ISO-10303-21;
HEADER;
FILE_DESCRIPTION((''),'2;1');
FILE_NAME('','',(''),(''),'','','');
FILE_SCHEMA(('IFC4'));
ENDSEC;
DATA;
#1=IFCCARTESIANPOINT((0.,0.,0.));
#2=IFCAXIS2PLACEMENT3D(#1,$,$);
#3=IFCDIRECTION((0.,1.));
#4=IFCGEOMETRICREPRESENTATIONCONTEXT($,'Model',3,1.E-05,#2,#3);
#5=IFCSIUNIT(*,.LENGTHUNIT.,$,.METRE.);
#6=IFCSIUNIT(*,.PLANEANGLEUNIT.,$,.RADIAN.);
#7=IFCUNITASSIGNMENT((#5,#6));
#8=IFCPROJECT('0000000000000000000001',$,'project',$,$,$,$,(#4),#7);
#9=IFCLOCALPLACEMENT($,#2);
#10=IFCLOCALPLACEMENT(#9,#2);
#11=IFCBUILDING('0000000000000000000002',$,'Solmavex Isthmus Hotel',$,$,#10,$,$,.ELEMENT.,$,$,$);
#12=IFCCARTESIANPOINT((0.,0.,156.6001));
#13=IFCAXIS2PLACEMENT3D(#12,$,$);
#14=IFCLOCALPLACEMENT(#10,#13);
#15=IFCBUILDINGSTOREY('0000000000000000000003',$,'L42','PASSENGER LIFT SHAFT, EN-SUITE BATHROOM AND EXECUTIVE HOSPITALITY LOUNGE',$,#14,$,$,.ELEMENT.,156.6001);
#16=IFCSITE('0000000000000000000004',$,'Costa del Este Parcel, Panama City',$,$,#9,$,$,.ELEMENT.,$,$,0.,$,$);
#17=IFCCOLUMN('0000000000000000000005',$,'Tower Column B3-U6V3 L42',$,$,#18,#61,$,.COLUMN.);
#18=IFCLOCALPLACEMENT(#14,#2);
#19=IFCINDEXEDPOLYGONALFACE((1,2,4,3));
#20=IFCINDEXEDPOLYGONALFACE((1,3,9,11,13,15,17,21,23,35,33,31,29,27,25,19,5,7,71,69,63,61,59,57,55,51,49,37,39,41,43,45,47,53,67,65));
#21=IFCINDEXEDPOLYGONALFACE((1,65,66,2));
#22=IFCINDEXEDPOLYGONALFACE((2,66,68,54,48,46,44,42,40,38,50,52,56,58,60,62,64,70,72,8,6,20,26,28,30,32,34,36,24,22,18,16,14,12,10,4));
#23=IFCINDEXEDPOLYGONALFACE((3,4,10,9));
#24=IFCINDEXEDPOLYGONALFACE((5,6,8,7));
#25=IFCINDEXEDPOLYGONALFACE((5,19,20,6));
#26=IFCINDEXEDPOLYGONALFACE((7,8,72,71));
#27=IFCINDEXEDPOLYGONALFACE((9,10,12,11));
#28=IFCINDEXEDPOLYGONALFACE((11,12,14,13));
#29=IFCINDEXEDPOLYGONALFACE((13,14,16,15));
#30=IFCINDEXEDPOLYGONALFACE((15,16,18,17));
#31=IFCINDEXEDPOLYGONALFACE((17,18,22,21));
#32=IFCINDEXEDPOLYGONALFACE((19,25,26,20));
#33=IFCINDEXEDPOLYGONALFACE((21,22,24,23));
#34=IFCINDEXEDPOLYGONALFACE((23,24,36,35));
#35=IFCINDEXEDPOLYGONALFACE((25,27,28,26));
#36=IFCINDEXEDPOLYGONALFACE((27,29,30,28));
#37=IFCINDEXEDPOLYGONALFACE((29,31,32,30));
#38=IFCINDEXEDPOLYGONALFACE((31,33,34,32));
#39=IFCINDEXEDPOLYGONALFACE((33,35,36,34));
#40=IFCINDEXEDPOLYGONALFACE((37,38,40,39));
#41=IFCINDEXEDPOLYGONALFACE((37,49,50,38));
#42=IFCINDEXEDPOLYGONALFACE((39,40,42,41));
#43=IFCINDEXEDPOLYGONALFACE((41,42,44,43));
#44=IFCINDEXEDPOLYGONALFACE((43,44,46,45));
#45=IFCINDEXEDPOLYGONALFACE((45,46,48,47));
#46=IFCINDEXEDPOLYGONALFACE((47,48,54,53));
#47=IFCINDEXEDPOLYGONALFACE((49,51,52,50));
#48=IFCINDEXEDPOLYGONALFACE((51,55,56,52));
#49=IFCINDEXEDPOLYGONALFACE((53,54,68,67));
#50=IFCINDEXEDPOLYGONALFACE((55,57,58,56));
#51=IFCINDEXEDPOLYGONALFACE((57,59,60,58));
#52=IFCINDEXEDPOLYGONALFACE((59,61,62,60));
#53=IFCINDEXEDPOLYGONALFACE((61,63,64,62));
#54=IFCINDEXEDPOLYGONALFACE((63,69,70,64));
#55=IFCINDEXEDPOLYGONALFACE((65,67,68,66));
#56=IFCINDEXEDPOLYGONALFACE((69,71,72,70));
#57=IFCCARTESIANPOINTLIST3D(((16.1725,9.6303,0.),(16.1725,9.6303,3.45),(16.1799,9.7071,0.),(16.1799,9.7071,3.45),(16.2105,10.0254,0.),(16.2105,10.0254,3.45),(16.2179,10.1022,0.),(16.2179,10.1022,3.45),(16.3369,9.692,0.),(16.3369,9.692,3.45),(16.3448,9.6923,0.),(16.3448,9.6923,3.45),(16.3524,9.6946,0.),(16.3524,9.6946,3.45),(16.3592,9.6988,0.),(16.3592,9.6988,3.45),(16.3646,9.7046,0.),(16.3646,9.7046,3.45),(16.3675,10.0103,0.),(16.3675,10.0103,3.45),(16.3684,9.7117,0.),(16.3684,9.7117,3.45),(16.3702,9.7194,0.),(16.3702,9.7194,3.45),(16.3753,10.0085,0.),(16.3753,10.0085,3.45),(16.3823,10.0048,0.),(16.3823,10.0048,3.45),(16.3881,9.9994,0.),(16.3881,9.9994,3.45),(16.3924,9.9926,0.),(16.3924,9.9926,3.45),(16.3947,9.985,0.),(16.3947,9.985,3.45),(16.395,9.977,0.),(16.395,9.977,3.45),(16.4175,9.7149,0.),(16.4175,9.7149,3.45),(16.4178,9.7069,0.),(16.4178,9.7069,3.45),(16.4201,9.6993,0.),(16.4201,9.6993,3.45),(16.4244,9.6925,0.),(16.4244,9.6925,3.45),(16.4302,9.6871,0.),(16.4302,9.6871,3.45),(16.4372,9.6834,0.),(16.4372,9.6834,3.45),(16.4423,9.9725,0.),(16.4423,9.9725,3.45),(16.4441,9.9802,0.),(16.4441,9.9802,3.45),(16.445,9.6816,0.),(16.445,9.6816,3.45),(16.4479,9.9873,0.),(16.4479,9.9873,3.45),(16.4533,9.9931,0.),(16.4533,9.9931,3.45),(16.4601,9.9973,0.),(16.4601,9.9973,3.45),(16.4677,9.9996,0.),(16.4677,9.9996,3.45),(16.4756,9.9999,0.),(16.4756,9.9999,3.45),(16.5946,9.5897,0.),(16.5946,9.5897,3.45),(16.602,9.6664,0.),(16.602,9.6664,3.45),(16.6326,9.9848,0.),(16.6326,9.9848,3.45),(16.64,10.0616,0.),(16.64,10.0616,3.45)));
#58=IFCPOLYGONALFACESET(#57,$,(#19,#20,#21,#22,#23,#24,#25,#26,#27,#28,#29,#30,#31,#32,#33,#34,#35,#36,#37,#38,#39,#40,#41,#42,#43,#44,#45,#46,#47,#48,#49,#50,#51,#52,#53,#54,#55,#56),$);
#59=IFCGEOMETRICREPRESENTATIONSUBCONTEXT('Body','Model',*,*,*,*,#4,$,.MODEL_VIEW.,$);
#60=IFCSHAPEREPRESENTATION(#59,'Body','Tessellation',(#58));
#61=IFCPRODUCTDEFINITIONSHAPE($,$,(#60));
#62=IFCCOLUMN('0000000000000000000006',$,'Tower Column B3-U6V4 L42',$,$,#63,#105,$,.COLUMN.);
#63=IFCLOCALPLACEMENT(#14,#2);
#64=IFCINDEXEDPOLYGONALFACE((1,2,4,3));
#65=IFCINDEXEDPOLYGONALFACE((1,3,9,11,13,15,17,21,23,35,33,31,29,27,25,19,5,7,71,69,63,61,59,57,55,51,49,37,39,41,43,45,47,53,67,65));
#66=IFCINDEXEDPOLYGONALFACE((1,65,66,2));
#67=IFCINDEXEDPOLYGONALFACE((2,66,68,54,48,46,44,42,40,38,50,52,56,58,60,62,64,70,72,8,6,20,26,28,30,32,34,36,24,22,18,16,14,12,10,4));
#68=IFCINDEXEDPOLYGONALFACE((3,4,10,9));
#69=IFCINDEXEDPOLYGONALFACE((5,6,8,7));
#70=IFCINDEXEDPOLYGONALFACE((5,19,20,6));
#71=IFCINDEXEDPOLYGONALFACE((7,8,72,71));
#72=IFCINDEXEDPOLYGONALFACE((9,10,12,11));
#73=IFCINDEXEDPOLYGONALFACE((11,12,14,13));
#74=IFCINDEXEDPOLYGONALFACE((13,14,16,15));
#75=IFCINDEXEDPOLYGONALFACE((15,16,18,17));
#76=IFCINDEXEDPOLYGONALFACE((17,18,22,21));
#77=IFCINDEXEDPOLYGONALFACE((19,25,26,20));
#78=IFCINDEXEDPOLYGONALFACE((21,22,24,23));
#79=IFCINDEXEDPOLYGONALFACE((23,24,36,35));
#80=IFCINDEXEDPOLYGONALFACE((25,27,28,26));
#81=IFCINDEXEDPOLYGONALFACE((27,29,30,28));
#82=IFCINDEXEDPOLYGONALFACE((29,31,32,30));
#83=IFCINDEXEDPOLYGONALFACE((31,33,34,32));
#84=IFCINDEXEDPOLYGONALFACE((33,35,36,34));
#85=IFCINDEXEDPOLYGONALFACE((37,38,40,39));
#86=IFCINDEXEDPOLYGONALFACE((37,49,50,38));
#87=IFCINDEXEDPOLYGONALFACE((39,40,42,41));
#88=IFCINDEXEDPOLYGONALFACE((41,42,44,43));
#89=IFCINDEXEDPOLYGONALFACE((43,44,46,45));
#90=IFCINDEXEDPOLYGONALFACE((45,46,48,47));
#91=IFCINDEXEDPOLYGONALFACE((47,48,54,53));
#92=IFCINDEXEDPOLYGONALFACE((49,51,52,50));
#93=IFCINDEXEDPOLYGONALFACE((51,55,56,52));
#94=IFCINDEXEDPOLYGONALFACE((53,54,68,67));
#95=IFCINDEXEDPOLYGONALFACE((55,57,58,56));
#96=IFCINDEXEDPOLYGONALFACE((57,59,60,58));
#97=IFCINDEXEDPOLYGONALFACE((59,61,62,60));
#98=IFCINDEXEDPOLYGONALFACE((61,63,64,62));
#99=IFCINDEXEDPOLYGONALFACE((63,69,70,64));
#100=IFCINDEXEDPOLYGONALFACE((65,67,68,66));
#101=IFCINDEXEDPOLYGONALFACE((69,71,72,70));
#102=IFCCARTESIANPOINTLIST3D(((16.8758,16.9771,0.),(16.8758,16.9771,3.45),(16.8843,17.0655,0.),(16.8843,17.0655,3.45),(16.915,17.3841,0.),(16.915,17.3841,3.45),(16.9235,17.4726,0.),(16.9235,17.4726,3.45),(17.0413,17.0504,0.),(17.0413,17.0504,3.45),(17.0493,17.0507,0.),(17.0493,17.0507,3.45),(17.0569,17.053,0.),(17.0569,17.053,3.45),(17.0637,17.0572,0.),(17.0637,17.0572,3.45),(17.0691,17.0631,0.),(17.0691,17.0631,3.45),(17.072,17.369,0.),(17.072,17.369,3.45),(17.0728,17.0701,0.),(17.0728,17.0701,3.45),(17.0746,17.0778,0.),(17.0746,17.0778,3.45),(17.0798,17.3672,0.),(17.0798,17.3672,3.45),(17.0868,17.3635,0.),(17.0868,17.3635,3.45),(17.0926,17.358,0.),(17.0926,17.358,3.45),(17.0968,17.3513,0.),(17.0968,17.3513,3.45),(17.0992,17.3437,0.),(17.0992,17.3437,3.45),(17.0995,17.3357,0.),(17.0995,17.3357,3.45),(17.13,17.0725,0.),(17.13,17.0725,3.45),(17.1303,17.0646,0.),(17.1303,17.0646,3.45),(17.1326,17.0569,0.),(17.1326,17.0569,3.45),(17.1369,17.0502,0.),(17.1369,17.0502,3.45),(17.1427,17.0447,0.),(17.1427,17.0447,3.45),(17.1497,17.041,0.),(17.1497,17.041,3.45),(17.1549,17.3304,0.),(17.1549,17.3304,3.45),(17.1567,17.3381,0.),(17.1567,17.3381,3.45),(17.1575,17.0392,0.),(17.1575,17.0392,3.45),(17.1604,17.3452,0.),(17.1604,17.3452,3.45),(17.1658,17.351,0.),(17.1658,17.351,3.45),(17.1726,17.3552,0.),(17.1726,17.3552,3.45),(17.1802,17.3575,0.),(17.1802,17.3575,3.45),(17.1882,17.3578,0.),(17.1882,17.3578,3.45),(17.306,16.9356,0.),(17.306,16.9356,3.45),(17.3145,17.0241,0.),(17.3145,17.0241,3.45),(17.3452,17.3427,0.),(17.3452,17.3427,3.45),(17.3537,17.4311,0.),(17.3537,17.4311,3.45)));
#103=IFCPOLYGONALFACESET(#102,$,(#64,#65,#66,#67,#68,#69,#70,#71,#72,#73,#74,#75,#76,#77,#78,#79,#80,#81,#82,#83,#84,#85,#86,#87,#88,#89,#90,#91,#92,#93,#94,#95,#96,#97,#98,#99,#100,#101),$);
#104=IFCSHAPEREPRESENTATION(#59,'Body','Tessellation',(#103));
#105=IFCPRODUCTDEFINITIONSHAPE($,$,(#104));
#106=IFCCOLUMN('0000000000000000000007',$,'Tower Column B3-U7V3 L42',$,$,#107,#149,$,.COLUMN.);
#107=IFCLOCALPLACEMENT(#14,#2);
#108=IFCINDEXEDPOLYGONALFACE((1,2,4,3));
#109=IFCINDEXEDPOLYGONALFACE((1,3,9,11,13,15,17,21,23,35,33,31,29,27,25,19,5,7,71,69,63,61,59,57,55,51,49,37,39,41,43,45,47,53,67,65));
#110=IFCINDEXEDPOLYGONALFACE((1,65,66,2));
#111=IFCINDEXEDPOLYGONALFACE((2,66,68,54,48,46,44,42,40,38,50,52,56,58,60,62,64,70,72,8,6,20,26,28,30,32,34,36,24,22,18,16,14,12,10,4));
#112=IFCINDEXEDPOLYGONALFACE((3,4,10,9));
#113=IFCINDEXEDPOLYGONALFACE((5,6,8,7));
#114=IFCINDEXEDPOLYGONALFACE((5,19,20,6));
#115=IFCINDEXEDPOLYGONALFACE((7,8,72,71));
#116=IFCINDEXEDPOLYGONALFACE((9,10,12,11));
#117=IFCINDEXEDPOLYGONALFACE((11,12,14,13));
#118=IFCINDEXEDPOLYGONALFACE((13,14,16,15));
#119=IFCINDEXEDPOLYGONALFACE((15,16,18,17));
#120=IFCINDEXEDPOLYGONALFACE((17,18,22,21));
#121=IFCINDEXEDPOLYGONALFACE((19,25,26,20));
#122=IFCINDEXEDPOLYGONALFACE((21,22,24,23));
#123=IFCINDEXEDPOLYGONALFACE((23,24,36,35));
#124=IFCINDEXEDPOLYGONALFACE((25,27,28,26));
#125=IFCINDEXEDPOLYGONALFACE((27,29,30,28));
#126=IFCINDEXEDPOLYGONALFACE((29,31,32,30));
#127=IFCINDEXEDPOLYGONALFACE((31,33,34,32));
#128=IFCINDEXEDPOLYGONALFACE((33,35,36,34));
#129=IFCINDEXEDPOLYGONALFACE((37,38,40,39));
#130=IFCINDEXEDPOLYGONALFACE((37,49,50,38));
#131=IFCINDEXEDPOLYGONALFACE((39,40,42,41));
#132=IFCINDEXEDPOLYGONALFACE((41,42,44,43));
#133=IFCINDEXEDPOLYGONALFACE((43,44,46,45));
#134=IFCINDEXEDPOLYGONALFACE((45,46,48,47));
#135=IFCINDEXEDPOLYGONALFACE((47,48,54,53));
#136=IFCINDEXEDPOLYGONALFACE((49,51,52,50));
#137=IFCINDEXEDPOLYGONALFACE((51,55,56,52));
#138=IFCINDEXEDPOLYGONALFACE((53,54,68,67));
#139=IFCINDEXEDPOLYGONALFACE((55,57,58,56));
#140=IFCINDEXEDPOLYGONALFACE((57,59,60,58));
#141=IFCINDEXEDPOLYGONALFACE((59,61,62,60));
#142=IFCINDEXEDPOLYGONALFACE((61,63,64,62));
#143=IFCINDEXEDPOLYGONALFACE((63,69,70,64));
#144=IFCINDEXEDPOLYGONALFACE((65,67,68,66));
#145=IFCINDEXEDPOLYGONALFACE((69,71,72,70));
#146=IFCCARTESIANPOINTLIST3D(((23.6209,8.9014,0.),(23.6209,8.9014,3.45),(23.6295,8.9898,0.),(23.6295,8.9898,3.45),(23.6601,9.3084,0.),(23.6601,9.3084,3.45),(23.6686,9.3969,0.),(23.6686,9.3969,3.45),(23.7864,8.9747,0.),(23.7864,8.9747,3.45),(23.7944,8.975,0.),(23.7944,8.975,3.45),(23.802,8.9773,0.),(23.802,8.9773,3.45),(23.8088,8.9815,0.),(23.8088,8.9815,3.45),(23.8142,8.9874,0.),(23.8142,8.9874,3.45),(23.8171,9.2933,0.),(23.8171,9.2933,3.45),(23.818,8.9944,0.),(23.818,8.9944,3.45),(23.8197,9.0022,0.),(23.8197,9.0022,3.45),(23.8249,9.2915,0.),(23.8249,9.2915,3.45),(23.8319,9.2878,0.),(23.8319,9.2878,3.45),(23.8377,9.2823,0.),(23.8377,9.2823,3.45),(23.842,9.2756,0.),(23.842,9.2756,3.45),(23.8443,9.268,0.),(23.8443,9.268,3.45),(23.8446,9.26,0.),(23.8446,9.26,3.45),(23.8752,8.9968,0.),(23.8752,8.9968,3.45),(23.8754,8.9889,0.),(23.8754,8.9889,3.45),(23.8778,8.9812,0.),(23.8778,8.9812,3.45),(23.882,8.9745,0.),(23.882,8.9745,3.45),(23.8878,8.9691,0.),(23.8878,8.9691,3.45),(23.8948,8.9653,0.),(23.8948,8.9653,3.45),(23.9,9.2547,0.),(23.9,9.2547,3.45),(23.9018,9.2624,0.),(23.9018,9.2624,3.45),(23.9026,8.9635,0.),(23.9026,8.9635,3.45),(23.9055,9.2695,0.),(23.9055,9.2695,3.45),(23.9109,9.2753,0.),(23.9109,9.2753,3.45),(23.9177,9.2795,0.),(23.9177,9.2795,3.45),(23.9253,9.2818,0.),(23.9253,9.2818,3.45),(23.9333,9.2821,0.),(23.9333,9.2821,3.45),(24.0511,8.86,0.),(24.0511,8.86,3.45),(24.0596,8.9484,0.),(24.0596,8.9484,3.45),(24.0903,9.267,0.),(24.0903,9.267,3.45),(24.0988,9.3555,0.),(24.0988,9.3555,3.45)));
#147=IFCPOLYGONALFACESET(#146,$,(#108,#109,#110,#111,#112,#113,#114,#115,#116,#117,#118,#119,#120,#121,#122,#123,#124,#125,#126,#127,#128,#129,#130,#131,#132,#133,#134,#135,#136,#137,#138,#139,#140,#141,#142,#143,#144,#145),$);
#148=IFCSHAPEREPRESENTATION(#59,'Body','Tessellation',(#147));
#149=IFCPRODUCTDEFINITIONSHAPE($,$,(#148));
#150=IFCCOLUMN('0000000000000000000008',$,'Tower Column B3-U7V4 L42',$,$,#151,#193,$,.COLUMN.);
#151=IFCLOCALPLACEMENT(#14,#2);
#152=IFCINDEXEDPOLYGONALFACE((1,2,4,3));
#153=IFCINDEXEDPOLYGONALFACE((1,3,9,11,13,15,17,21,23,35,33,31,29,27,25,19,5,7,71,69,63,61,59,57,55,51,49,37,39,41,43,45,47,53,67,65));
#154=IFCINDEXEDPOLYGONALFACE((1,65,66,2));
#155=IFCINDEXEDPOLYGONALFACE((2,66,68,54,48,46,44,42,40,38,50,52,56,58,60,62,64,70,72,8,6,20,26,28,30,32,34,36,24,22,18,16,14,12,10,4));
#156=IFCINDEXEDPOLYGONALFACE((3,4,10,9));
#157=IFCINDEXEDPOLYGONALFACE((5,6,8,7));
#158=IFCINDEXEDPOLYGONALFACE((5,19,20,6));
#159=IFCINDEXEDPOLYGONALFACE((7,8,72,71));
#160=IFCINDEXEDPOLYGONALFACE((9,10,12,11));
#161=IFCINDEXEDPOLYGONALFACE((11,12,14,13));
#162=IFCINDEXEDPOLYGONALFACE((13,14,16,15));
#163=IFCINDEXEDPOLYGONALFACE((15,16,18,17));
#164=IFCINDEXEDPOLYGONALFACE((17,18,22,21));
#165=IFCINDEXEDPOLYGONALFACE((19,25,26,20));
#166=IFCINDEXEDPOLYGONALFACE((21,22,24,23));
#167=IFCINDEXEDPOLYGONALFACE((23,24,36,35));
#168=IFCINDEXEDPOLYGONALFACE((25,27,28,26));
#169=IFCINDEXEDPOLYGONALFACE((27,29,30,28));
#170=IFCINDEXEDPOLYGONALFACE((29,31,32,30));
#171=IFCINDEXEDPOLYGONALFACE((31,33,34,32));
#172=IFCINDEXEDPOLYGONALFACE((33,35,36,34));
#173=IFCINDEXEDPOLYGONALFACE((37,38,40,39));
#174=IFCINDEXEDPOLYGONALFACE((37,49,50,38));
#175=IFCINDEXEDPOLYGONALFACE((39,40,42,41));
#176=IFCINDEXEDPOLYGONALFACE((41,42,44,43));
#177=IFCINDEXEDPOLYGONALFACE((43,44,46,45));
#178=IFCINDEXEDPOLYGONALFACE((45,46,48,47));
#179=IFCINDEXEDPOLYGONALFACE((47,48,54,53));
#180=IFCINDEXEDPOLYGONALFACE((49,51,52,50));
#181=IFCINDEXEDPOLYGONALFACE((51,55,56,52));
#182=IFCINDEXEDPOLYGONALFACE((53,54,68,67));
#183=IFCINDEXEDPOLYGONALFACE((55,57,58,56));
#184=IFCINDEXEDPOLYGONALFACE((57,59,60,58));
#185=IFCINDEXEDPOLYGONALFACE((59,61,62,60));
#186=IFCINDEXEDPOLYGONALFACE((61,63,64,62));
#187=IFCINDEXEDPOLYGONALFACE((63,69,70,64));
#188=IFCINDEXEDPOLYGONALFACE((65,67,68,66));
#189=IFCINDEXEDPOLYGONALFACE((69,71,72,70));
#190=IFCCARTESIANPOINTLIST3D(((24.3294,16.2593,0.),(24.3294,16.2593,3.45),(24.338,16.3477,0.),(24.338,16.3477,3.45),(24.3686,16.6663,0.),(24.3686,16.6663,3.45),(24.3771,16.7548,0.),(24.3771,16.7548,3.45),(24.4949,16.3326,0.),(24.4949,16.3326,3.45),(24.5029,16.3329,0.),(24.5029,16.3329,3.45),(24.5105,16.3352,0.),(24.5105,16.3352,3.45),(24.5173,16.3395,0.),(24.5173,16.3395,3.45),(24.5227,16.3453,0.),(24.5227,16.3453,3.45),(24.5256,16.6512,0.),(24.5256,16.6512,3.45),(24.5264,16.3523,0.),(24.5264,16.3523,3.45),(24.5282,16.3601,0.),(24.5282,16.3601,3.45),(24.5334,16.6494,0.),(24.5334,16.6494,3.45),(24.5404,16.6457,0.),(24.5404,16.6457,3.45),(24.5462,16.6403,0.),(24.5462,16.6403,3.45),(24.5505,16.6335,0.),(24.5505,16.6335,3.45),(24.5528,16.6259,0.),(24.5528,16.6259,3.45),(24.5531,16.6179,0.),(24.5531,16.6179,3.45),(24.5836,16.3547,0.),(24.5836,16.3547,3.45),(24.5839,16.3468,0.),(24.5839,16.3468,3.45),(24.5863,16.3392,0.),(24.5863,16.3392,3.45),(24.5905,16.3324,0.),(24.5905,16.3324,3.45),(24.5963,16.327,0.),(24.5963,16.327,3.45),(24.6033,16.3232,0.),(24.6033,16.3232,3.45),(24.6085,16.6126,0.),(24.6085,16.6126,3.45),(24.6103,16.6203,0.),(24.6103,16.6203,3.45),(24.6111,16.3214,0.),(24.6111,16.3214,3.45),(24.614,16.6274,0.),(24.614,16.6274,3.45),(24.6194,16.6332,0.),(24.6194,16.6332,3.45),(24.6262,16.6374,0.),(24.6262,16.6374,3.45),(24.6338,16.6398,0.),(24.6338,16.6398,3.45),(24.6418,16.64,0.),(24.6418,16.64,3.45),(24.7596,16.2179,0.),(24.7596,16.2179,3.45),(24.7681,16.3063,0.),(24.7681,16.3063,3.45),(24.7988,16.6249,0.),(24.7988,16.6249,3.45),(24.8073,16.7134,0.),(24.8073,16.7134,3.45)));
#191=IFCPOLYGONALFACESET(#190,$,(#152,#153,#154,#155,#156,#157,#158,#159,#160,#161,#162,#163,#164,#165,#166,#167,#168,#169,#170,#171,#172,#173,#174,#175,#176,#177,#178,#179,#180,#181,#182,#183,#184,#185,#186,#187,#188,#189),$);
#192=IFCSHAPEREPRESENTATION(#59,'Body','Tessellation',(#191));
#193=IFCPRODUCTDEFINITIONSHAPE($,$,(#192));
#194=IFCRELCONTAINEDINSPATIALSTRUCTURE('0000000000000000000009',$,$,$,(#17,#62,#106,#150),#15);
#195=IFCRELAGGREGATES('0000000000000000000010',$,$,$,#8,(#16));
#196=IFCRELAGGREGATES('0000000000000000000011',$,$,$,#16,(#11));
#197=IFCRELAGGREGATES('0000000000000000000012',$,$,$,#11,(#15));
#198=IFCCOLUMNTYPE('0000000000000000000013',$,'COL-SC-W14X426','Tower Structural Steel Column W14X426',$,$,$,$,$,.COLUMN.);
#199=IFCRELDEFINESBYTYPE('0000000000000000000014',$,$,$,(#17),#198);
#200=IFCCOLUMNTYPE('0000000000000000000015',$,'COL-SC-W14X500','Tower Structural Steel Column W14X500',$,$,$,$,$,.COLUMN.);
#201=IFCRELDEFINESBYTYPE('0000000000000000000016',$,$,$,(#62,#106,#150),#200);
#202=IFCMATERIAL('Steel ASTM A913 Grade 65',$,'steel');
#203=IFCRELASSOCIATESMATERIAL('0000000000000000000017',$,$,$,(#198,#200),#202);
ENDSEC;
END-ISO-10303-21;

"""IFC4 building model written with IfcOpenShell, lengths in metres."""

from ifc_helpers import new_model, si_unit, direction, frame, origin, origin_2d, place, context, subcontext, project, spatial, i_section, extrude, material, material_profile, profile_set, type_object, element, save


model = new_model("IFC4")

# Units and contexts
model_context = context("Model", 3, precision=1e-05, world=origin(), true_north=direction((0.0, 1.0)))
body_context = subcontext(model_context, "Body", "Model", "MODEL_VIEW")
ifc_project = project(units=[si_unit("LENGTHUNIT", "METRE"), si_unit("PLANEANGLEUNIT", "RADIAN")], contexts=[model_context])

# Site, building, storey
site_placement = place(None, origin())
site = spatial("IfcSite", under=ifc_project, at=site_placement, Name="Costa del Este Parcel, Panama City", CompositionType="ELEMENT", RefElevation=0.0)
building_placement = place(site_placement, origin())
building = spatial("IfcBuilding", under=site, at=building_placement, Name="Solmavex Isthmus Hotel", CompositionType="ELEMENT")
storey_placement = place(building_placement, frame((0.0, 0.0, 156.6001)))
storey = spatial("IfcBuildingStorey", under=building, at=storey_placement, Name="L42", Description="PASSENGER LIFT SHAFT, EN-SUITE BATHROOM AND EXECUTIVE HOSPITALITY LOUNGE", CompositionType="ELEMENT", Elevation=156.6001)

# Columns
ifc_material_1 = material(Name="Steel ASTM A913 Grade 65", Category="steel")
ifc_material_profile_1 = material_profile(ifc_material_1, i_section(OverallWidth=0.4241, OverallDepth=0.4741, WebThickness=0.0476, FlangeThickness=0.0771, FilletRadius=0.0305, at=origin_2d()), Name="W14X426")
ifc_profile_set_1 = profile_set([ifc_material_profile_1], Name="Steel ASTM A913 Grade 65")
column_type_1 = type_object("IfcColumnType", Name="COL-SC-W14X426", Description="Tower Structural Steel Column W14X426", PredefinedType="COLUMN", material=ifc_profile_set_1)
column_placement = place(storey_placement, frame((16.4062, 9.8459, 0.0), z_axis=(0.0, 0.0, 1.0), x_axis=(0.995396, -0.095846, 0.0)))
element("IfcColumn", 1, at=column_placement, inside=storey, type_object=column_type_1, Name="Tower Column B3-U6V3 L42", PredefinedType="COLUMN", context=body_context, shape_type="SweptSolid", body=[
    extrude(i_section(OverallWidth=0.4241, OverallDepth=0.4741, WebThickness=0.0476, FlangeThickness=0.0771, FilletRadius=0.0305, at=origin_2d()), origin(), (0.0, 0.0, 1.0), 3.45),
])
ifc_material_profile_2 = material_profile(ifc_material_1, i_section(OverallWidth=0.4321, OverallDepth=0.4978, WebThickness=0.0557, FlangeThickness=0.0889, FilletRadius=0.0305, at=origin_2d()), Name="W14X500")
ifc_profile_set_2 = profile_set([ifc_material_profile_2], Name="Steel ASTM A913 Grade 65")
column_type_2 = type_object("IfcColumnType", Name="COL-SC-W14X500", Description="Tower Structural Steel Column W14X500", PredefinedType="COLUMN", material=ifc_profile_set_2)
for number, where, z_axis, x_axis, name in (
    (2, (17.1147, 17.2041, 0.0), (0.0, 0.0, 1.0), (0.995396, -0.095846, 0.0), "Tower Column B3-U6V4 L42"),
    (3, (23.8599, 9.1284, 0.0), (0.0, 0.0, 1.0), (0.995396, -0.095846, 0.0), "Tower Column B3-U7V3 L42"),
    (4, (24.5684, 16.4863, 0.0), (0.0, 0.0, 1.0), (0.995396, -0.095846, 0.0), "Tower Column B3-U7V4 L42"),
):
    element("IfcColumn", number, at=place(storey_placement, frame(where, z_axis=z_axis, x_axis=x_axis)), inside=storey, type_object=column_type_2, Name=name, PredefinedType="COLUMN", context=body_context, shape_type="SweptSolid", body=[
        extrude(i_section(OverallWidth=0.4321, OverallDepth=0.4978, WebThickness=0.0557, FlangeThickness=0.0889, FilletRadius=0.0305, at=origin_2d()), origin(), (0.0, 0.0, 1.0), 3.45),
    ])

save(model, "model.ifc")
